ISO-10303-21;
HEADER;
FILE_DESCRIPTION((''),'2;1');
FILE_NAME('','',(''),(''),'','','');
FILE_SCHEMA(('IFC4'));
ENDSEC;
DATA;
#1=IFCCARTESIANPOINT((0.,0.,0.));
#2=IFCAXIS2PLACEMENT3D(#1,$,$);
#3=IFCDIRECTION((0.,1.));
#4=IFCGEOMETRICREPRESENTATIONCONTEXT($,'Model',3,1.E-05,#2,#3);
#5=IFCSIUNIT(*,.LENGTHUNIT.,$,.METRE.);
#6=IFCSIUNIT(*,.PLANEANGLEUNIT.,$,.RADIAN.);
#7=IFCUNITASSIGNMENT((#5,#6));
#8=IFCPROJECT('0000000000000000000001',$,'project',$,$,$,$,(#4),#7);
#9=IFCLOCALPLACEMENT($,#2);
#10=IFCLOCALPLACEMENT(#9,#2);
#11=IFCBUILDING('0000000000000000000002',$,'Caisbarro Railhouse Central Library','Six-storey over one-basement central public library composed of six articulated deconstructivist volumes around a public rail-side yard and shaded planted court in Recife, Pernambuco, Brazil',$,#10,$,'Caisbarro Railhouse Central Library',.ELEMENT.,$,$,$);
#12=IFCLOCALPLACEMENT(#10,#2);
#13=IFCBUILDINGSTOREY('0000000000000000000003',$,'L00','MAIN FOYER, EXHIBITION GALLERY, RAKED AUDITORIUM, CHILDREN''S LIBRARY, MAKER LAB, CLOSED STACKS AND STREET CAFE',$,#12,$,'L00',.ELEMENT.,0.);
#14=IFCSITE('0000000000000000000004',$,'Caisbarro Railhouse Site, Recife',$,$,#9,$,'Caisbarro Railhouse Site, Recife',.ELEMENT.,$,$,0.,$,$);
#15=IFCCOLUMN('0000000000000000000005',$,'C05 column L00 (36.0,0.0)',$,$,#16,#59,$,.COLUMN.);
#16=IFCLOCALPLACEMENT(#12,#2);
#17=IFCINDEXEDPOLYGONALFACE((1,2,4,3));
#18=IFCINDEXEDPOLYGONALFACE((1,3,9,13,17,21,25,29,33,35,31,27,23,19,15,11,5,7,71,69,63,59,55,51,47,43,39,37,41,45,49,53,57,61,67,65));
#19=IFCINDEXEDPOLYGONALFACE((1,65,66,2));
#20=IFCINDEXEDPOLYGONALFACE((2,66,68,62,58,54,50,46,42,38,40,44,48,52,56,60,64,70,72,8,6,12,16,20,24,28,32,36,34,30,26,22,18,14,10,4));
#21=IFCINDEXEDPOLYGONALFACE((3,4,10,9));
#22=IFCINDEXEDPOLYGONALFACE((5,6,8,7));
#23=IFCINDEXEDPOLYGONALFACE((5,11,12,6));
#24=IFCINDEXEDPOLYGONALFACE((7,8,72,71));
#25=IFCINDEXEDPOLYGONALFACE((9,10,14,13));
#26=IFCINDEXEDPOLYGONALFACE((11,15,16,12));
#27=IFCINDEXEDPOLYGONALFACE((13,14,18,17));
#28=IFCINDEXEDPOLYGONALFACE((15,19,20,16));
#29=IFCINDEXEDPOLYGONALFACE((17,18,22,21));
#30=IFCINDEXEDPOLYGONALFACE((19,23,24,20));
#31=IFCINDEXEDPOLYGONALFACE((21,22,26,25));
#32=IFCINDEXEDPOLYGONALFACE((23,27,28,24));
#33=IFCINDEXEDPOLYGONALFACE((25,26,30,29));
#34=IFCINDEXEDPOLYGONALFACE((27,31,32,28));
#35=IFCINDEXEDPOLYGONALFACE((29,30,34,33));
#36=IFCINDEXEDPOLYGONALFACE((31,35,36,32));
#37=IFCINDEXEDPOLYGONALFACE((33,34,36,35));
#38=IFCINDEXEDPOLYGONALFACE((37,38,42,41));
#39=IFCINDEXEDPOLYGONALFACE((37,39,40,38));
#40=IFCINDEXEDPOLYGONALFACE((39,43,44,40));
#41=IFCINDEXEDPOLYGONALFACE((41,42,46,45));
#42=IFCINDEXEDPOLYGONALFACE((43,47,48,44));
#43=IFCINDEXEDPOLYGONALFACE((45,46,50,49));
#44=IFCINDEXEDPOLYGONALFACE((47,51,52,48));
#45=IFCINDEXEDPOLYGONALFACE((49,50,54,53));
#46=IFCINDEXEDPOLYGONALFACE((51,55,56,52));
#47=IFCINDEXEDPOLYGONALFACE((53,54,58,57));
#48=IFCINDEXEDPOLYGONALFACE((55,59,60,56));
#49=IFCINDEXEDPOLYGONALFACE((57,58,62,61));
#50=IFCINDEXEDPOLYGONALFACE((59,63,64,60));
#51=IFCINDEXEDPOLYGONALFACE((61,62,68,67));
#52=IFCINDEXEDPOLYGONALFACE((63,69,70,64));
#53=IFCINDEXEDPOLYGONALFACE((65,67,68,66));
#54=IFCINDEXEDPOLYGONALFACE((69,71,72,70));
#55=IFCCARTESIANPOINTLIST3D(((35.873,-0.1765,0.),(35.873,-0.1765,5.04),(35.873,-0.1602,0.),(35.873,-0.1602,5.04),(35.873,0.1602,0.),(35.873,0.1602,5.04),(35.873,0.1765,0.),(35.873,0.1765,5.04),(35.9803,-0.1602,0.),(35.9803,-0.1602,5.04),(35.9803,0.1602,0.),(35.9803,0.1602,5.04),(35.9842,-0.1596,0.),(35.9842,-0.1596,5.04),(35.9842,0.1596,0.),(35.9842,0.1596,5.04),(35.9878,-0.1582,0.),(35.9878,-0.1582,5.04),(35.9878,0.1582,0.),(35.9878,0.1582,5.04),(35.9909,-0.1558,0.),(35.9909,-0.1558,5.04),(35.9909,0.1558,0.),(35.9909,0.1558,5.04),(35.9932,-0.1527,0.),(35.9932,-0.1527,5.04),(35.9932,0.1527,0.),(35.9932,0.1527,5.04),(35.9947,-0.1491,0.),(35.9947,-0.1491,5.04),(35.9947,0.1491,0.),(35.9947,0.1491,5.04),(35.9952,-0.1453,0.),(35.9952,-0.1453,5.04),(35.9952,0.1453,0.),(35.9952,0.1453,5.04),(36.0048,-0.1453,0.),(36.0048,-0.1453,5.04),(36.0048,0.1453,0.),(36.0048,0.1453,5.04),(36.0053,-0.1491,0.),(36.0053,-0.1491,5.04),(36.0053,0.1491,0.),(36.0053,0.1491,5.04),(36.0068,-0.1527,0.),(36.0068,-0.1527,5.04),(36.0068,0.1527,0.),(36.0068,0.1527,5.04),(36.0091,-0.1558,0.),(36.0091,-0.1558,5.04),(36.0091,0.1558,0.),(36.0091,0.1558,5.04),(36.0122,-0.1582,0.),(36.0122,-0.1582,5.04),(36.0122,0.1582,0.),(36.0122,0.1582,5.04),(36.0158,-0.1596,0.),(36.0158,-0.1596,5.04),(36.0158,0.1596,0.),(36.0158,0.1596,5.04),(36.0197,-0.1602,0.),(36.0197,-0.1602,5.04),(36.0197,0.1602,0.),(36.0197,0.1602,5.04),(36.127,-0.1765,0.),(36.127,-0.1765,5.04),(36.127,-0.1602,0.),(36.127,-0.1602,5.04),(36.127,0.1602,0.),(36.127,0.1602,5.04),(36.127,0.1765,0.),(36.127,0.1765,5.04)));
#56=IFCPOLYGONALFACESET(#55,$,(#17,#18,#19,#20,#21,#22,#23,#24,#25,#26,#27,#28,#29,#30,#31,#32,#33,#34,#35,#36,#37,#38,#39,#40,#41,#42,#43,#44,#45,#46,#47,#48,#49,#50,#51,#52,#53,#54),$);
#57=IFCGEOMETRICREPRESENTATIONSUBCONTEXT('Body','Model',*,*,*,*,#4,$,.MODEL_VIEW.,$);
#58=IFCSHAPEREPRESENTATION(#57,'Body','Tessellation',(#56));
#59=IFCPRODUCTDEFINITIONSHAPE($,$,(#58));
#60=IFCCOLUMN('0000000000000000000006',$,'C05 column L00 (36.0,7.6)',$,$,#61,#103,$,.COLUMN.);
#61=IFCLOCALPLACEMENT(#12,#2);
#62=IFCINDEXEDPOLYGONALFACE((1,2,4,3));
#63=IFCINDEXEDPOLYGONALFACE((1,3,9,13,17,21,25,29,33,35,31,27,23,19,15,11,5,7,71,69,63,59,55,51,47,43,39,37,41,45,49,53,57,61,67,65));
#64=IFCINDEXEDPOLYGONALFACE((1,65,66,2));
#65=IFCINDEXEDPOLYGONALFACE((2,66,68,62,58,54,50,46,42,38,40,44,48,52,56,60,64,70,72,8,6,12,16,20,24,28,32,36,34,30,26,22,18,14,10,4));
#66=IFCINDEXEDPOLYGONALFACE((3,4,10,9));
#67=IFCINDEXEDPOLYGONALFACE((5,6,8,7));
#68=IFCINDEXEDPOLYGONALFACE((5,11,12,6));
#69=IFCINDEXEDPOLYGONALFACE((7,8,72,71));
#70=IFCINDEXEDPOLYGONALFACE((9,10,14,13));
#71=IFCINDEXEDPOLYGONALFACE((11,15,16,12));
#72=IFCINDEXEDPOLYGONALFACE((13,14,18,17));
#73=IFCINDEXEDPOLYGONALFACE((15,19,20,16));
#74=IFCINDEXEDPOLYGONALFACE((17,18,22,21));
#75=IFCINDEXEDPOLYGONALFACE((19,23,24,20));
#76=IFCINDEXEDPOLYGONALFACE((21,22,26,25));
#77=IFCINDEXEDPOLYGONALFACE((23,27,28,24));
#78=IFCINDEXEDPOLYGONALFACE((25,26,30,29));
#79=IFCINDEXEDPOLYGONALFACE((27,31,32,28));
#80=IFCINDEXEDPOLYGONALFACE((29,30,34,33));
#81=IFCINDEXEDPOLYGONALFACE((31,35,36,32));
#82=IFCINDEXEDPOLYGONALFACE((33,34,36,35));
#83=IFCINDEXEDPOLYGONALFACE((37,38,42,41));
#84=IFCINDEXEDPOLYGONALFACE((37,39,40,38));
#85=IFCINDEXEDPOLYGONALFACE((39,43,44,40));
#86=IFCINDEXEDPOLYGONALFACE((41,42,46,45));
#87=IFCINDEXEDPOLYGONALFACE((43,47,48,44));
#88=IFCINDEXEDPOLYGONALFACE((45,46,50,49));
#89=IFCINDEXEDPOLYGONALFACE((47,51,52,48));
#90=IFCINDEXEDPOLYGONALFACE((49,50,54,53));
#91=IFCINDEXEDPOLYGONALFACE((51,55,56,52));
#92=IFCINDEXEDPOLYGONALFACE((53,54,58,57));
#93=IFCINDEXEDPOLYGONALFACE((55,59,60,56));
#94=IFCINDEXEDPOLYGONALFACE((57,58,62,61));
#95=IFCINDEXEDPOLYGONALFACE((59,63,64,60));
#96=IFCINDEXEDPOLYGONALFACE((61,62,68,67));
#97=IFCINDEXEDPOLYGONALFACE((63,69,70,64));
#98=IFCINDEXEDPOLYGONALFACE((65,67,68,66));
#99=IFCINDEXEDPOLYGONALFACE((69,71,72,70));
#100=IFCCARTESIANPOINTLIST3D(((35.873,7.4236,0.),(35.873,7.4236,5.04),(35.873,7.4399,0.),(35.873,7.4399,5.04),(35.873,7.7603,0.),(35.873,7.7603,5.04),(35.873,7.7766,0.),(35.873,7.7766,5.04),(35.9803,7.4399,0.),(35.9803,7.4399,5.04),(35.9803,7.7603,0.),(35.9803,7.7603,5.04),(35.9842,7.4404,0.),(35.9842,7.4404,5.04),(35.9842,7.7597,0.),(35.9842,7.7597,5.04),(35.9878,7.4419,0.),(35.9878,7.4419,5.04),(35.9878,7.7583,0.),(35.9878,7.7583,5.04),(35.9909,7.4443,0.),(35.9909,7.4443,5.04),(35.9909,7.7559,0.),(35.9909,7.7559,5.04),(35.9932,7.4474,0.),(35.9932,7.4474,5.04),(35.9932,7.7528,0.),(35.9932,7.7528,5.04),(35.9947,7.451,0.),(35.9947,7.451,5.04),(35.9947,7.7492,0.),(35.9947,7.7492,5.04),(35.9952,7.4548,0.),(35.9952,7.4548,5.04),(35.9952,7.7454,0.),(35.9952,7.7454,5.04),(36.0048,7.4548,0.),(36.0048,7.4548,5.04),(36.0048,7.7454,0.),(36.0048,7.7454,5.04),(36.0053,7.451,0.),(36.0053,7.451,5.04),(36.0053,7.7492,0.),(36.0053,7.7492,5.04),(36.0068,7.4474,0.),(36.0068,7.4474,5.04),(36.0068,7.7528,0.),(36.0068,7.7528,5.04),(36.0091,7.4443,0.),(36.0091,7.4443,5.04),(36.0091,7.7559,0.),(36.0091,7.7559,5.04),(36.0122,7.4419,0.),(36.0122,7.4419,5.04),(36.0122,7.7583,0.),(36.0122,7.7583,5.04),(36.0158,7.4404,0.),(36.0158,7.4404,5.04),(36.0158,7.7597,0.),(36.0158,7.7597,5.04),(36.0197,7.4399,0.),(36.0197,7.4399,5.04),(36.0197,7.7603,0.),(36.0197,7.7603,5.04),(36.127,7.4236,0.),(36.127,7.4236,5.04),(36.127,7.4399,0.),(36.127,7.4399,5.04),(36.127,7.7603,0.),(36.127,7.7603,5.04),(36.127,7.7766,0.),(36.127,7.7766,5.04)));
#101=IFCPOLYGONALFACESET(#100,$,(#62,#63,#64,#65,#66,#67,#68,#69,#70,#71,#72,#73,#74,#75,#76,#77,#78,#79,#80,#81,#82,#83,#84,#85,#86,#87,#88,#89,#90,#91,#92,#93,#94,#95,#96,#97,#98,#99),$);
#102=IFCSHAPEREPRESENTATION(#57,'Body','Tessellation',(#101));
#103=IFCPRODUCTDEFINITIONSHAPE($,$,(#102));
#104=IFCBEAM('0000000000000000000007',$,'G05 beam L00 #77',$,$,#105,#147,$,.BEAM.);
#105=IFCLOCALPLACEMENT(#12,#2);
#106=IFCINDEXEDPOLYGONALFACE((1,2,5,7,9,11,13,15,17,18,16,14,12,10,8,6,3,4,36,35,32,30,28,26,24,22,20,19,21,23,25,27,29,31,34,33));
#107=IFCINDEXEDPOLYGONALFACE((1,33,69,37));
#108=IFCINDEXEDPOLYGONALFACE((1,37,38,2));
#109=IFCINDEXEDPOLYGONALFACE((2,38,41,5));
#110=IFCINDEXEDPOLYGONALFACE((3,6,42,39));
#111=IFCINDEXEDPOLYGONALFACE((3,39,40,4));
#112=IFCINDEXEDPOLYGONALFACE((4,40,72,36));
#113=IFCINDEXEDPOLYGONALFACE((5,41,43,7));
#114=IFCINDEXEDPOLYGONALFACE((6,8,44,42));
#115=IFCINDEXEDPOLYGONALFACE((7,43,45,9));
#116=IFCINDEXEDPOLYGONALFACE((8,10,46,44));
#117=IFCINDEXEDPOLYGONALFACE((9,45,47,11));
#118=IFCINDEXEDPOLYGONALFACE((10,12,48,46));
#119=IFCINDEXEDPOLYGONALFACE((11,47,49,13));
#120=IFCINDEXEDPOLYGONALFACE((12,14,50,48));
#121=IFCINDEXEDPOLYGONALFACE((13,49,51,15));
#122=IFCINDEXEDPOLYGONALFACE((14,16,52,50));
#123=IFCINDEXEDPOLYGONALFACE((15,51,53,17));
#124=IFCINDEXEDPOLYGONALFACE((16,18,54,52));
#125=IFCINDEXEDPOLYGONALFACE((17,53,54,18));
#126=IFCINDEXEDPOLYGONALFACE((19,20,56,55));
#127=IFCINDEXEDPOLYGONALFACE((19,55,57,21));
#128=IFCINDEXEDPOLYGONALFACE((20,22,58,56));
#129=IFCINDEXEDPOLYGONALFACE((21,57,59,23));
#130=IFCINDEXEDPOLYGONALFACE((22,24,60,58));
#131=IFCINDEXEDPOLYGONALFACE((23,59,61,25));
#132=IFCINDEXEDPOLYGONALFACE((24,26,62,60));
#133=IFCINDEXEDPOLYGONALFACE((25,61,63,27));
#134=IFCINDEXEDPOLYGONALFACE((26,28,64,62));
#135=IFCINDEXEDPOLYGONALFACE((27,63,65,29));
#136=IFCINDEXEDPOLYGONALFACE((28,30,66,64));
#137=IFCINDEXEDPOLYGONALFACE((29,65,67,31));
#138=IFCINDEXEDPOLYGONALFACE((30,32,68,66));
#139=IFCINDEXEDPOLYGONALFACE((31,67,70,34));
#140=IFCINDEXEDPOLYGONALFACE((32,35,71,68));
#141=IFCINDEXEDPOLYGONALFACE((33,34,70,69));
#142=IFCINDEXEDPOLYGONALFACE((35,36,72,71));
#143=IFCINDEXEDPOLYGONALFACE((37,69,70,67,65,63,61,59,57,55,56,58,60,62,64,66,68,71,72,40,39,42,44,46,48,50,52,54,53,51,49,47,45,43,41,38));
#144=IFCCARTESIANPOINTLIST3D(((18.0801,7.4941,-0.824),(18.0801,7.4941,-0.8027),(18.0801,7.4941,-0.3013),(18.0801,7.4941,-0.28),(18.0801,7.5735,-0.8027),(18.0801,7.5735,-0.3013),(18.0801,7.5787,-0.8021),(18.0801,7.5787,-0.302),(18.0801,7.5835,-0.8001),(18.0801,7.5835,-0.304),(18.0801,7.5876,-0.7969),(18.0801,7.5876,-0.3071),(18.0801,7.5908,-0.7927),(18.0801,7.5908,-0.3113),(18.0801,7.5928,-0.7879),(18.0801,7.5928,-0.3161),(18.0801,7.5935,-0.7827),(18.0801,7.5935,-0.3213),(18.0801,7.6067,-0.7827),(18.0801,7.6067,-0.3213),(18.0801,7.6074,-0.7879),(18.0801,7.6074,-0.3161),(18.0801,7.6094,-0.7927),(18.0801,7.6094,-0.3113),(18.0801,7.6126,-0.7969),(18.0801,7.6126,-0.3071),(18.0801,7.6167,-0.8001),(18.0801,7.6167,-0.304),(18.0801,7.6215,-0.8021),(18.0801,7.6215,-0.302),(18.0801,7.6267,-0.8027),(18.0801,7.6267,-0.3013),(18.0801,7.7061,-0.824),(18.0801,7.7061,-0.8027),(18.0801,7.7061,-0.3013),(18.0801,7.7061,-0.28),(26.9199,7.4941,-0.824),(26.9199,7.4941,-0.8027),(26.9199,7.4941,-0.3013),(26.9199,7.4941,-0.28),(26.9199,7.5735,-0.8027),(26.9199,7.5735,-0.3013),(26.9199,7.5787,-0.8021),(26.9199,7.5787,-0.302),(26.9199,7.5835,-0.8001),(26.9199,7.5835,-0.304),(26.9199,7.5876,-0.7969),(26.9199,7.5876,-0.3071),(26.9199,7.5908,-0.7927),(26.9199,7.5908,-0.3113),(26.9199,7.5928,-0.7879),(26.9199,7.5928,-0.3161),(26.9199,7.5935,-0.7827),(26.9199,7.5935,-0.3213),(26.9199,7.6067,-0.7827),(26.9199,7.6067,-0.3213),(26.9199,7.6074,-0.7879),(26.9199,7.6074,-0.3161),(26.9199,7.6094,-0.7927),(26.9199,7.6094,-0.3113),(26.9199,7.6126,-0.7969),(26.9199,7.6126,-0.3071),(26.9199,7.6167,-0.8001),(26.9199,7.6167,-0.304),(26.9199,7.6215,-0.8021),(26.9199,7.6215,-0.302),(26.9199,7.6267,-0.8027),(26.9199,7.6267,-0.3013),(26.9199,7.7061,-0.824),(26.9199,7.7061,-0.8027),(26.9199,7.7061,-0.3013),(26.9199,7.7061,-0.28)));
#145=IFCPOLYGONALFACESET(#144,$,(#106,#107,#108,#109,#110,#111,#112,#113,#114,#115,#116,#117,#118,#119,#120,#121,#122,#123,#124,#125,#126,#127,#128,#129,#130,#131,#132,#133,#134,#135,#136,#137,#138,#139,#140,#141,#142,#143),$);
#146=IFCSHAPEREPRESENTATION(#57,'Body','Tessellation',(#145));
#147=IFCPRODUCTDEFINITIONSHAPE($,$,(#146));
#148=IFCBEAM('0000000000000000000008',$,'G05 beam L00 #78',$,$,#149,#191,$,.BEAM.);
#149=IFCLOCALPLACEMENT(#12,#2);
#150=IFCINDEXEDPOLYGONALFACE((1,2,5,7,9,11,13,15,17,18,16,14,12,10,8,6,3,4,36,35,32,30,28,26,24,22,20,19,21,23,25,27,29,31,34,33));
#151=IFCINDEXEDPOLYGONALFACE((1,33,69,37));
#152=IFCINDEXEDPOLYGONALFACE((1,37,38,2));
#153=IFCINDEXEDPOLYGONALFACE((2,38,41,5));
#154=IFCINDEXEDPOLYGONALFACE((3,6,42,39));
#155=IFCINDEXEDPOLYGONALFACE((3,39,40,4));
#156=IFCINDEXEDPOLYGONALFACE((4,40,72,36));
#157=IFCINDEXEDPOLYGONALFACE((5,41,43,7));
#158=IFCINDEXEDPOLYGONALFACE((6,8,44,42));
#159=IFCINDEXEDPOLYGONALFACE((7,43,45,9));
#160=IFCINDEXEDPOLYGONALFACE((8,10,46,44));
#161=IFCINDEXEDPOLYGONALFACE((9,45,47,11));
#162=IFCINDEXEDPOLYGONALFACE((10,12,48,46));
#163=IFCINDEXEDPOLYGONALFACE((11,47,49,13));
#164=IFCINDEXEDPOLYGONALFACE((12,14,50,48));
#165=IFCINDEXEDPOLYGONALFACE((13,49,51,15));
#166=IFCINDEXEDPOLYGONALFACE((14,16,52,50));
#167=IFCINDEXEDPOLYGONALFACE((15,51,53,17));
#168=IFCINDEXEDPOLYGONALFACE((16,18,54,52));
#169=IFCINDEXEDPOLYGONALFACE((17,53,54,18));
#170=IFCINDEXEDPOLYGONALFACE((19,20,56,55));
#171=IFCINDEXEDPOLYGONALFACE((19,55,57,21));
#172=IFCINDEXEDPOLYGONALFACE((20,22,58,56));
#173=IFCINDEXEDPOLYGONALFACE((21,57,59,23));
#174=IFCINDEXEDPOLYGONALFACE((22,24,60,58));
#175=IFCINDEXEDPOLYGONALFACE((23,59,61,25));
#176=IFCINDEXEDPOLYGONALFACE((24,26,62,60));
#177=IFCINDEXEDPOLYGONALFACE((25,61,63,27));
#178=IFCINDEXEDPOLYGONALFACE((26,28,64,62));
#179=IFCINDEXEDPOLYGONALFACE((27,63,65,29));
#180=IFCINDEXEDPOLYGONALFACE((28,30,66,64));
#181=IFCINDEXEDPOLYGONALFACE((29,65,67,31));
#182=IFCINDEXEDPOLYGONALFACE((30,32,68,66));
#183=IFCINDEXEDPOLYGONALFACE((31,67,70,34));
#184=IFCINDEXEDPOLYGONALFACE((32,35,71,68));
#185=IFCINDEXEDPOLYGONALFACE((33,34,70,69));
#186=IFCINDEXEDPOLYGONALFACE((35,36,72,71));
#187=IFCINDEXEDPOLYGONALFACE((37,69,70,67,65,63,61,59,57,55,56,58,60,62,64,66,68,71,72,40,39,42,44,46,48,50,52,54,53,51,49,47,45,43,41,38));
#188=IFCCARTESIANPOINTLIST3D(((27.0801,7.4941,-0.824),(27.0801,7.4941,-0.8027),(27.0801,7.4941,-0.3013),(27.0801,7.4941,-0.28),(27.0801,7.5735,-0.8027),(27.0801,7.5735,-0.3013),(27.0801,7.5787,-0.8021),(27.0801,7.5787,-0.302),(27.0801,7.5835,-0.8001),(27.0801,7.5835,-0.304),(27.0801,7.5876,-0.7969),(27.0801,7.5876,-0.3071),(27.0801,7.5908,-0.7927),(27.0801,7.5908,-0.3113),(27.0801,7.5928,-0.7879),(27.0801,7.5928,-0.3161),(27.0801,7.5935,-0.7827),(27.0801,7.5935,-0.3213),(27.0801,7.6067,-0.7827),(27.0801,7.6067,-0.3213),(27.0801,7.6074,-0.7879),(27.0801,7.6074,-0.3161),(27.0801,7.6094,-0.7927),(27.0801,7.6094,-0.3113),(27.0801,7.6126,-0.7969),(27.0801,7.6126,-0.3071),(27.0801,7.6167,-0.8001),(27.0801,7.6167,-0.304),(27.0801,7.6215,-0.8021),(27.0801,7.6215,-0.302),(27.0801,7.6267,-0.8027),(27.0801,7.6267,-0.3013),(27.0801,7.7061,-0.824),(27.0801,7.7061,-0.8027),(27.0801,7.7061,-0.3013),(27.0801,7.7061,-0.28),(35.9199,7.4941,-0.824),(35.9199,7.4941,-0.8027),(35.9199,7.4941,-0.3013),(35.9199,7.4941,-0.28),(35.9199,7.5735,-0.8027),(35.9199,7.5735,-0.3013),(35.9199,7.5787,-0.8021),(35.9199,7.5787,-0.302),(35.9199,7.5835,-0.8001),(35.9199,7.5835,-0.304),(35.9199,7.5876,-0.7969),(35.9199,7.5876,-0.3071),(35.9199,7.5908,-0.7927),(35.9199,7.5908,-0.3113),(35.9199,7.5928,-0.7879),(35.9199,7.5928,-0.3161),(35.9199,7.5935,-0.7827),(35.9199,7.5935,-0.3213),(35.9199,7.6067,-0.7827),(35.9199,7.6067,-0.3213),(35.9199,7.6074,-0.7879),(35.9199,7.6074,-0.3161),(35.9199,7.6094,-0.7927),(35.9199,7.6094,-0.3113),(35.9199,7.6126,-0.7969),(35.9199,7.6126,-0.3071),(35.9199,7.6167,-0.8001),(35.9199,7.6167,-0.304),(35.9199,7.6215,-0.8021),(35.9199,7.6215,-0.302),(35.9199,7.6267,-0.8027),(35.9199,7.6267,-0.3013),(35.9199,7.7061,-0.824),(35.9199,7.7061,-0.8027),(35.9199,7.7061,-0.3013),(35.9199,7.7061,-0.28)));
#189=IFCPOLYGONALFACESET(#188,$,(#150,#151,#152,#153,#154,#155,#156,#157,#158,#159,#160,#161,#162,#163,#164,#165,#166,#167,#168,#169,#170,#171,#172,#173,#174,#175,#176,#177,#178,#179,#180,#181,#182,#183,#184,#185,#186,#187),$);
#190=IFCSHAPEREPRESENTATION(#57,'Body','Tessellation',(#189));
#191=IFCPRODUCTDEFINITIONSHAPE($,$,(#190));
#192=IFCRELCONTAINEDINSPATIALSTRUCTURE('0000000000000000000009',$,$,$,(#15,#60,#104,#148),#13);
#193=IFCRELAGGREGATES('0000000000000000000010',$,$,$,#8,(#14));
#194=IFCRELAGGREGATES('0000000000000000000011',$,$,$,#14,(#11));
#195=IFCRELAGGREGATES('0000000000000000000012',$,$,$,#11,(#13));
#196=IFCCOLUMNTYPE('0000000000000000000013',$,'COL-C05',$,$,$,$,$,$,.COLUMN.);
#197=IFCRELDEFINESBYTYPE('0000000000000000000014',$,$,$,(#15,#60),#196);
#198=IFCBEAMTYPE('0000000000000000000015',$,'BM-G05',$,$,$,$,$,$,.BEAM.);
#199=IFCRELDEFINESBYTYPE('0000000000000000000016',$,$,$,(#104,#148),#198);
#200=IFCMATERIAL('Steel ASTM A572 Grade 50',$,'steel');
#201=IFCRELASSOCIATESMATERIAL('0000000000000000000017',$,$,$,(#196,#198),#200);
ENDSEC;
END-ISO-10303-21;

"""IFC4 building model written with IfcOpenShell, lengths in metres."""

from ifc_helpers import new_model, si_unit, direction, frame, origin, origin_2d, place, context, subcontext, project, spatial, i_section, extrude, material, material_profile, profile_set, type_object, element, save


model = new_model("IFC4")

# Units and contexts
model_context = context("Model", 3, precision=1e-05, world=origin(), true_north=direction((0.0, 1.0)))
body_context = subcontext(model_context, "Body", "Model", "MODEL_VIEW")
ifc_project = project(units=[si_unit("LENGTHUNIT", "METRE"), si_unit("PLANEANGLEUNIT", "RADIAN")], contexts=[model_context])

# Site, building, storey
site_placement = place(None, origin())
site = spatial("IfcSite", under=ifc_project, at=site_placement, Name="Caisbarro Railhouse Site, Recife", LongName="Caisbarro Railhouse Site, Recife", CompositionType="ELEMENT", RefElevation=0.0)
building_placement = place(site_placement, origin())
building = spatial("IfcBuilding", under=site, at=building_placement, Name="Caisbarro Railhouse Central Library", Description="Six-storey over one-basement central public library composed of six articulated deconstructivist volumes around a public rail-side yard and shaded planted court in Recife, Pernambuco, Brazil", LongName="Caisbarro Railhouse Central Library", CompositionType="ELEMENT")
storey_placement = place(building_placement, origin())
storey = spatial("IfcBuildingStorey", under=building, at=storey_placement, Name="L00", Description="MAIN FOYER, EXHIBITION GALLERY, RAKED AUDITORIUM, CHILDREN'S LIBRARY, MAKER LAB, CLOSED STACKS AND STREET CAFE", LongName="L00", CompositionType="ELEMENT", Elevation=0.0)

# Columns
ifc_material_1 = material(Name="Steel ASTM A572 Grade 50", Category="steel")
ifc_material_profile_1 = material_profile(ifc_material_1, i_section(OverallWidth=0.2539, OverallDepth=0.353, WebThickness=0.0095, FlangeThickness=0.0164, FilletRadius=0.0149, at=origin_2d()), Name="W360X91.0")
ifc_profile_set_1 = profile_set([ifc_material_profile_1], Name="Steel ASTM A572 Grade 50")
column_type = type_object("IfcColumnType", Name="COL-C05", PredefinedType="COLUMN", material=ifc_profile_set_1)
for number, where, z_axis, x_axis, name in (
    (1, (36.0, 0.0, 0.0), (0.0, 0.0, 1.0), (1.0, 0.0, 0.0), "C05 column L00 (36.0,0.0)"),
    (2, (36.0, 7.6001, 0.0), (0.0, 0.0, 1.0), (1.0, 0.0, 0.0), "C05 column L00 (36.0,7.6)"),
):
    element("IfcColumn", number, at=place(storey_placement, frame(where, z_axis=z_axis, x_axis=x_axis)), inside=storey, type_object=column_type, Name=name, PredefinedType="COLUMN", context=body_context, shape_type="SweptSolid", body=[
        extrude(i_section(OverallWidth=0.2539, OverallDepth=0.353, WebThickness=0.0095, FlangeThickness=0.0164, FilletRadius=0.0149, at=origin_2d()), origin(), (0.0, 0.0, 1.0), 5.04),
    ])

# Beams
ifc_material_profile_2 = material_profile(ifc_material_1, i_section(OverallWidth=0.2119, OverallDepth=0.5439, WebThickness=0.0132, FlangeThickness=0.0212, FilletRadius=0.02, at=origin_2d()), Name="W530X123.0")
ifc_profile_set_2 = profile_set([ifc_material_profile_2], Name="Steel ASTM A572 Grade 50")
beam_type_1 = type_object("IfcBeamType", Name="BM-G05", PredefinedType="BEAM", material=ifc_profile_set_2)
for number, where, z_axis, x_axis, name in (
    (3, (18.0801, 7.6001, -0.552), (1.0, 0.0, 0.0), (0.0, 1.0, 0.0), "G05 beam L00 #77"),
    (4, (27.0801, 7.6001, -0.552), (1.0, 0.0, 0.0), (0.0, 1.0, 0.0), "G05 beam L00 #78"),
):
    element("IfcBeam", number, at=place(storey_placement, frame(where, z_axis=z_axis, x_axis=x_axis)), inside=storey, type_object=beam_type_1, Name=name, PredefinedType="BEAM", context=body_context, shape_type="SweptSolid", body=[
        extrude(i_section(OverallWidth=0.2119, OverallDepth=0.5439, WebThickness=0.0132, FlangeThickness=0.0212, FilletRadius=0.02, at=origin_2d()), origin(), (0.0, 0.0, 1.0), 8.8398),
    ])

save(model, "model.ifc")
